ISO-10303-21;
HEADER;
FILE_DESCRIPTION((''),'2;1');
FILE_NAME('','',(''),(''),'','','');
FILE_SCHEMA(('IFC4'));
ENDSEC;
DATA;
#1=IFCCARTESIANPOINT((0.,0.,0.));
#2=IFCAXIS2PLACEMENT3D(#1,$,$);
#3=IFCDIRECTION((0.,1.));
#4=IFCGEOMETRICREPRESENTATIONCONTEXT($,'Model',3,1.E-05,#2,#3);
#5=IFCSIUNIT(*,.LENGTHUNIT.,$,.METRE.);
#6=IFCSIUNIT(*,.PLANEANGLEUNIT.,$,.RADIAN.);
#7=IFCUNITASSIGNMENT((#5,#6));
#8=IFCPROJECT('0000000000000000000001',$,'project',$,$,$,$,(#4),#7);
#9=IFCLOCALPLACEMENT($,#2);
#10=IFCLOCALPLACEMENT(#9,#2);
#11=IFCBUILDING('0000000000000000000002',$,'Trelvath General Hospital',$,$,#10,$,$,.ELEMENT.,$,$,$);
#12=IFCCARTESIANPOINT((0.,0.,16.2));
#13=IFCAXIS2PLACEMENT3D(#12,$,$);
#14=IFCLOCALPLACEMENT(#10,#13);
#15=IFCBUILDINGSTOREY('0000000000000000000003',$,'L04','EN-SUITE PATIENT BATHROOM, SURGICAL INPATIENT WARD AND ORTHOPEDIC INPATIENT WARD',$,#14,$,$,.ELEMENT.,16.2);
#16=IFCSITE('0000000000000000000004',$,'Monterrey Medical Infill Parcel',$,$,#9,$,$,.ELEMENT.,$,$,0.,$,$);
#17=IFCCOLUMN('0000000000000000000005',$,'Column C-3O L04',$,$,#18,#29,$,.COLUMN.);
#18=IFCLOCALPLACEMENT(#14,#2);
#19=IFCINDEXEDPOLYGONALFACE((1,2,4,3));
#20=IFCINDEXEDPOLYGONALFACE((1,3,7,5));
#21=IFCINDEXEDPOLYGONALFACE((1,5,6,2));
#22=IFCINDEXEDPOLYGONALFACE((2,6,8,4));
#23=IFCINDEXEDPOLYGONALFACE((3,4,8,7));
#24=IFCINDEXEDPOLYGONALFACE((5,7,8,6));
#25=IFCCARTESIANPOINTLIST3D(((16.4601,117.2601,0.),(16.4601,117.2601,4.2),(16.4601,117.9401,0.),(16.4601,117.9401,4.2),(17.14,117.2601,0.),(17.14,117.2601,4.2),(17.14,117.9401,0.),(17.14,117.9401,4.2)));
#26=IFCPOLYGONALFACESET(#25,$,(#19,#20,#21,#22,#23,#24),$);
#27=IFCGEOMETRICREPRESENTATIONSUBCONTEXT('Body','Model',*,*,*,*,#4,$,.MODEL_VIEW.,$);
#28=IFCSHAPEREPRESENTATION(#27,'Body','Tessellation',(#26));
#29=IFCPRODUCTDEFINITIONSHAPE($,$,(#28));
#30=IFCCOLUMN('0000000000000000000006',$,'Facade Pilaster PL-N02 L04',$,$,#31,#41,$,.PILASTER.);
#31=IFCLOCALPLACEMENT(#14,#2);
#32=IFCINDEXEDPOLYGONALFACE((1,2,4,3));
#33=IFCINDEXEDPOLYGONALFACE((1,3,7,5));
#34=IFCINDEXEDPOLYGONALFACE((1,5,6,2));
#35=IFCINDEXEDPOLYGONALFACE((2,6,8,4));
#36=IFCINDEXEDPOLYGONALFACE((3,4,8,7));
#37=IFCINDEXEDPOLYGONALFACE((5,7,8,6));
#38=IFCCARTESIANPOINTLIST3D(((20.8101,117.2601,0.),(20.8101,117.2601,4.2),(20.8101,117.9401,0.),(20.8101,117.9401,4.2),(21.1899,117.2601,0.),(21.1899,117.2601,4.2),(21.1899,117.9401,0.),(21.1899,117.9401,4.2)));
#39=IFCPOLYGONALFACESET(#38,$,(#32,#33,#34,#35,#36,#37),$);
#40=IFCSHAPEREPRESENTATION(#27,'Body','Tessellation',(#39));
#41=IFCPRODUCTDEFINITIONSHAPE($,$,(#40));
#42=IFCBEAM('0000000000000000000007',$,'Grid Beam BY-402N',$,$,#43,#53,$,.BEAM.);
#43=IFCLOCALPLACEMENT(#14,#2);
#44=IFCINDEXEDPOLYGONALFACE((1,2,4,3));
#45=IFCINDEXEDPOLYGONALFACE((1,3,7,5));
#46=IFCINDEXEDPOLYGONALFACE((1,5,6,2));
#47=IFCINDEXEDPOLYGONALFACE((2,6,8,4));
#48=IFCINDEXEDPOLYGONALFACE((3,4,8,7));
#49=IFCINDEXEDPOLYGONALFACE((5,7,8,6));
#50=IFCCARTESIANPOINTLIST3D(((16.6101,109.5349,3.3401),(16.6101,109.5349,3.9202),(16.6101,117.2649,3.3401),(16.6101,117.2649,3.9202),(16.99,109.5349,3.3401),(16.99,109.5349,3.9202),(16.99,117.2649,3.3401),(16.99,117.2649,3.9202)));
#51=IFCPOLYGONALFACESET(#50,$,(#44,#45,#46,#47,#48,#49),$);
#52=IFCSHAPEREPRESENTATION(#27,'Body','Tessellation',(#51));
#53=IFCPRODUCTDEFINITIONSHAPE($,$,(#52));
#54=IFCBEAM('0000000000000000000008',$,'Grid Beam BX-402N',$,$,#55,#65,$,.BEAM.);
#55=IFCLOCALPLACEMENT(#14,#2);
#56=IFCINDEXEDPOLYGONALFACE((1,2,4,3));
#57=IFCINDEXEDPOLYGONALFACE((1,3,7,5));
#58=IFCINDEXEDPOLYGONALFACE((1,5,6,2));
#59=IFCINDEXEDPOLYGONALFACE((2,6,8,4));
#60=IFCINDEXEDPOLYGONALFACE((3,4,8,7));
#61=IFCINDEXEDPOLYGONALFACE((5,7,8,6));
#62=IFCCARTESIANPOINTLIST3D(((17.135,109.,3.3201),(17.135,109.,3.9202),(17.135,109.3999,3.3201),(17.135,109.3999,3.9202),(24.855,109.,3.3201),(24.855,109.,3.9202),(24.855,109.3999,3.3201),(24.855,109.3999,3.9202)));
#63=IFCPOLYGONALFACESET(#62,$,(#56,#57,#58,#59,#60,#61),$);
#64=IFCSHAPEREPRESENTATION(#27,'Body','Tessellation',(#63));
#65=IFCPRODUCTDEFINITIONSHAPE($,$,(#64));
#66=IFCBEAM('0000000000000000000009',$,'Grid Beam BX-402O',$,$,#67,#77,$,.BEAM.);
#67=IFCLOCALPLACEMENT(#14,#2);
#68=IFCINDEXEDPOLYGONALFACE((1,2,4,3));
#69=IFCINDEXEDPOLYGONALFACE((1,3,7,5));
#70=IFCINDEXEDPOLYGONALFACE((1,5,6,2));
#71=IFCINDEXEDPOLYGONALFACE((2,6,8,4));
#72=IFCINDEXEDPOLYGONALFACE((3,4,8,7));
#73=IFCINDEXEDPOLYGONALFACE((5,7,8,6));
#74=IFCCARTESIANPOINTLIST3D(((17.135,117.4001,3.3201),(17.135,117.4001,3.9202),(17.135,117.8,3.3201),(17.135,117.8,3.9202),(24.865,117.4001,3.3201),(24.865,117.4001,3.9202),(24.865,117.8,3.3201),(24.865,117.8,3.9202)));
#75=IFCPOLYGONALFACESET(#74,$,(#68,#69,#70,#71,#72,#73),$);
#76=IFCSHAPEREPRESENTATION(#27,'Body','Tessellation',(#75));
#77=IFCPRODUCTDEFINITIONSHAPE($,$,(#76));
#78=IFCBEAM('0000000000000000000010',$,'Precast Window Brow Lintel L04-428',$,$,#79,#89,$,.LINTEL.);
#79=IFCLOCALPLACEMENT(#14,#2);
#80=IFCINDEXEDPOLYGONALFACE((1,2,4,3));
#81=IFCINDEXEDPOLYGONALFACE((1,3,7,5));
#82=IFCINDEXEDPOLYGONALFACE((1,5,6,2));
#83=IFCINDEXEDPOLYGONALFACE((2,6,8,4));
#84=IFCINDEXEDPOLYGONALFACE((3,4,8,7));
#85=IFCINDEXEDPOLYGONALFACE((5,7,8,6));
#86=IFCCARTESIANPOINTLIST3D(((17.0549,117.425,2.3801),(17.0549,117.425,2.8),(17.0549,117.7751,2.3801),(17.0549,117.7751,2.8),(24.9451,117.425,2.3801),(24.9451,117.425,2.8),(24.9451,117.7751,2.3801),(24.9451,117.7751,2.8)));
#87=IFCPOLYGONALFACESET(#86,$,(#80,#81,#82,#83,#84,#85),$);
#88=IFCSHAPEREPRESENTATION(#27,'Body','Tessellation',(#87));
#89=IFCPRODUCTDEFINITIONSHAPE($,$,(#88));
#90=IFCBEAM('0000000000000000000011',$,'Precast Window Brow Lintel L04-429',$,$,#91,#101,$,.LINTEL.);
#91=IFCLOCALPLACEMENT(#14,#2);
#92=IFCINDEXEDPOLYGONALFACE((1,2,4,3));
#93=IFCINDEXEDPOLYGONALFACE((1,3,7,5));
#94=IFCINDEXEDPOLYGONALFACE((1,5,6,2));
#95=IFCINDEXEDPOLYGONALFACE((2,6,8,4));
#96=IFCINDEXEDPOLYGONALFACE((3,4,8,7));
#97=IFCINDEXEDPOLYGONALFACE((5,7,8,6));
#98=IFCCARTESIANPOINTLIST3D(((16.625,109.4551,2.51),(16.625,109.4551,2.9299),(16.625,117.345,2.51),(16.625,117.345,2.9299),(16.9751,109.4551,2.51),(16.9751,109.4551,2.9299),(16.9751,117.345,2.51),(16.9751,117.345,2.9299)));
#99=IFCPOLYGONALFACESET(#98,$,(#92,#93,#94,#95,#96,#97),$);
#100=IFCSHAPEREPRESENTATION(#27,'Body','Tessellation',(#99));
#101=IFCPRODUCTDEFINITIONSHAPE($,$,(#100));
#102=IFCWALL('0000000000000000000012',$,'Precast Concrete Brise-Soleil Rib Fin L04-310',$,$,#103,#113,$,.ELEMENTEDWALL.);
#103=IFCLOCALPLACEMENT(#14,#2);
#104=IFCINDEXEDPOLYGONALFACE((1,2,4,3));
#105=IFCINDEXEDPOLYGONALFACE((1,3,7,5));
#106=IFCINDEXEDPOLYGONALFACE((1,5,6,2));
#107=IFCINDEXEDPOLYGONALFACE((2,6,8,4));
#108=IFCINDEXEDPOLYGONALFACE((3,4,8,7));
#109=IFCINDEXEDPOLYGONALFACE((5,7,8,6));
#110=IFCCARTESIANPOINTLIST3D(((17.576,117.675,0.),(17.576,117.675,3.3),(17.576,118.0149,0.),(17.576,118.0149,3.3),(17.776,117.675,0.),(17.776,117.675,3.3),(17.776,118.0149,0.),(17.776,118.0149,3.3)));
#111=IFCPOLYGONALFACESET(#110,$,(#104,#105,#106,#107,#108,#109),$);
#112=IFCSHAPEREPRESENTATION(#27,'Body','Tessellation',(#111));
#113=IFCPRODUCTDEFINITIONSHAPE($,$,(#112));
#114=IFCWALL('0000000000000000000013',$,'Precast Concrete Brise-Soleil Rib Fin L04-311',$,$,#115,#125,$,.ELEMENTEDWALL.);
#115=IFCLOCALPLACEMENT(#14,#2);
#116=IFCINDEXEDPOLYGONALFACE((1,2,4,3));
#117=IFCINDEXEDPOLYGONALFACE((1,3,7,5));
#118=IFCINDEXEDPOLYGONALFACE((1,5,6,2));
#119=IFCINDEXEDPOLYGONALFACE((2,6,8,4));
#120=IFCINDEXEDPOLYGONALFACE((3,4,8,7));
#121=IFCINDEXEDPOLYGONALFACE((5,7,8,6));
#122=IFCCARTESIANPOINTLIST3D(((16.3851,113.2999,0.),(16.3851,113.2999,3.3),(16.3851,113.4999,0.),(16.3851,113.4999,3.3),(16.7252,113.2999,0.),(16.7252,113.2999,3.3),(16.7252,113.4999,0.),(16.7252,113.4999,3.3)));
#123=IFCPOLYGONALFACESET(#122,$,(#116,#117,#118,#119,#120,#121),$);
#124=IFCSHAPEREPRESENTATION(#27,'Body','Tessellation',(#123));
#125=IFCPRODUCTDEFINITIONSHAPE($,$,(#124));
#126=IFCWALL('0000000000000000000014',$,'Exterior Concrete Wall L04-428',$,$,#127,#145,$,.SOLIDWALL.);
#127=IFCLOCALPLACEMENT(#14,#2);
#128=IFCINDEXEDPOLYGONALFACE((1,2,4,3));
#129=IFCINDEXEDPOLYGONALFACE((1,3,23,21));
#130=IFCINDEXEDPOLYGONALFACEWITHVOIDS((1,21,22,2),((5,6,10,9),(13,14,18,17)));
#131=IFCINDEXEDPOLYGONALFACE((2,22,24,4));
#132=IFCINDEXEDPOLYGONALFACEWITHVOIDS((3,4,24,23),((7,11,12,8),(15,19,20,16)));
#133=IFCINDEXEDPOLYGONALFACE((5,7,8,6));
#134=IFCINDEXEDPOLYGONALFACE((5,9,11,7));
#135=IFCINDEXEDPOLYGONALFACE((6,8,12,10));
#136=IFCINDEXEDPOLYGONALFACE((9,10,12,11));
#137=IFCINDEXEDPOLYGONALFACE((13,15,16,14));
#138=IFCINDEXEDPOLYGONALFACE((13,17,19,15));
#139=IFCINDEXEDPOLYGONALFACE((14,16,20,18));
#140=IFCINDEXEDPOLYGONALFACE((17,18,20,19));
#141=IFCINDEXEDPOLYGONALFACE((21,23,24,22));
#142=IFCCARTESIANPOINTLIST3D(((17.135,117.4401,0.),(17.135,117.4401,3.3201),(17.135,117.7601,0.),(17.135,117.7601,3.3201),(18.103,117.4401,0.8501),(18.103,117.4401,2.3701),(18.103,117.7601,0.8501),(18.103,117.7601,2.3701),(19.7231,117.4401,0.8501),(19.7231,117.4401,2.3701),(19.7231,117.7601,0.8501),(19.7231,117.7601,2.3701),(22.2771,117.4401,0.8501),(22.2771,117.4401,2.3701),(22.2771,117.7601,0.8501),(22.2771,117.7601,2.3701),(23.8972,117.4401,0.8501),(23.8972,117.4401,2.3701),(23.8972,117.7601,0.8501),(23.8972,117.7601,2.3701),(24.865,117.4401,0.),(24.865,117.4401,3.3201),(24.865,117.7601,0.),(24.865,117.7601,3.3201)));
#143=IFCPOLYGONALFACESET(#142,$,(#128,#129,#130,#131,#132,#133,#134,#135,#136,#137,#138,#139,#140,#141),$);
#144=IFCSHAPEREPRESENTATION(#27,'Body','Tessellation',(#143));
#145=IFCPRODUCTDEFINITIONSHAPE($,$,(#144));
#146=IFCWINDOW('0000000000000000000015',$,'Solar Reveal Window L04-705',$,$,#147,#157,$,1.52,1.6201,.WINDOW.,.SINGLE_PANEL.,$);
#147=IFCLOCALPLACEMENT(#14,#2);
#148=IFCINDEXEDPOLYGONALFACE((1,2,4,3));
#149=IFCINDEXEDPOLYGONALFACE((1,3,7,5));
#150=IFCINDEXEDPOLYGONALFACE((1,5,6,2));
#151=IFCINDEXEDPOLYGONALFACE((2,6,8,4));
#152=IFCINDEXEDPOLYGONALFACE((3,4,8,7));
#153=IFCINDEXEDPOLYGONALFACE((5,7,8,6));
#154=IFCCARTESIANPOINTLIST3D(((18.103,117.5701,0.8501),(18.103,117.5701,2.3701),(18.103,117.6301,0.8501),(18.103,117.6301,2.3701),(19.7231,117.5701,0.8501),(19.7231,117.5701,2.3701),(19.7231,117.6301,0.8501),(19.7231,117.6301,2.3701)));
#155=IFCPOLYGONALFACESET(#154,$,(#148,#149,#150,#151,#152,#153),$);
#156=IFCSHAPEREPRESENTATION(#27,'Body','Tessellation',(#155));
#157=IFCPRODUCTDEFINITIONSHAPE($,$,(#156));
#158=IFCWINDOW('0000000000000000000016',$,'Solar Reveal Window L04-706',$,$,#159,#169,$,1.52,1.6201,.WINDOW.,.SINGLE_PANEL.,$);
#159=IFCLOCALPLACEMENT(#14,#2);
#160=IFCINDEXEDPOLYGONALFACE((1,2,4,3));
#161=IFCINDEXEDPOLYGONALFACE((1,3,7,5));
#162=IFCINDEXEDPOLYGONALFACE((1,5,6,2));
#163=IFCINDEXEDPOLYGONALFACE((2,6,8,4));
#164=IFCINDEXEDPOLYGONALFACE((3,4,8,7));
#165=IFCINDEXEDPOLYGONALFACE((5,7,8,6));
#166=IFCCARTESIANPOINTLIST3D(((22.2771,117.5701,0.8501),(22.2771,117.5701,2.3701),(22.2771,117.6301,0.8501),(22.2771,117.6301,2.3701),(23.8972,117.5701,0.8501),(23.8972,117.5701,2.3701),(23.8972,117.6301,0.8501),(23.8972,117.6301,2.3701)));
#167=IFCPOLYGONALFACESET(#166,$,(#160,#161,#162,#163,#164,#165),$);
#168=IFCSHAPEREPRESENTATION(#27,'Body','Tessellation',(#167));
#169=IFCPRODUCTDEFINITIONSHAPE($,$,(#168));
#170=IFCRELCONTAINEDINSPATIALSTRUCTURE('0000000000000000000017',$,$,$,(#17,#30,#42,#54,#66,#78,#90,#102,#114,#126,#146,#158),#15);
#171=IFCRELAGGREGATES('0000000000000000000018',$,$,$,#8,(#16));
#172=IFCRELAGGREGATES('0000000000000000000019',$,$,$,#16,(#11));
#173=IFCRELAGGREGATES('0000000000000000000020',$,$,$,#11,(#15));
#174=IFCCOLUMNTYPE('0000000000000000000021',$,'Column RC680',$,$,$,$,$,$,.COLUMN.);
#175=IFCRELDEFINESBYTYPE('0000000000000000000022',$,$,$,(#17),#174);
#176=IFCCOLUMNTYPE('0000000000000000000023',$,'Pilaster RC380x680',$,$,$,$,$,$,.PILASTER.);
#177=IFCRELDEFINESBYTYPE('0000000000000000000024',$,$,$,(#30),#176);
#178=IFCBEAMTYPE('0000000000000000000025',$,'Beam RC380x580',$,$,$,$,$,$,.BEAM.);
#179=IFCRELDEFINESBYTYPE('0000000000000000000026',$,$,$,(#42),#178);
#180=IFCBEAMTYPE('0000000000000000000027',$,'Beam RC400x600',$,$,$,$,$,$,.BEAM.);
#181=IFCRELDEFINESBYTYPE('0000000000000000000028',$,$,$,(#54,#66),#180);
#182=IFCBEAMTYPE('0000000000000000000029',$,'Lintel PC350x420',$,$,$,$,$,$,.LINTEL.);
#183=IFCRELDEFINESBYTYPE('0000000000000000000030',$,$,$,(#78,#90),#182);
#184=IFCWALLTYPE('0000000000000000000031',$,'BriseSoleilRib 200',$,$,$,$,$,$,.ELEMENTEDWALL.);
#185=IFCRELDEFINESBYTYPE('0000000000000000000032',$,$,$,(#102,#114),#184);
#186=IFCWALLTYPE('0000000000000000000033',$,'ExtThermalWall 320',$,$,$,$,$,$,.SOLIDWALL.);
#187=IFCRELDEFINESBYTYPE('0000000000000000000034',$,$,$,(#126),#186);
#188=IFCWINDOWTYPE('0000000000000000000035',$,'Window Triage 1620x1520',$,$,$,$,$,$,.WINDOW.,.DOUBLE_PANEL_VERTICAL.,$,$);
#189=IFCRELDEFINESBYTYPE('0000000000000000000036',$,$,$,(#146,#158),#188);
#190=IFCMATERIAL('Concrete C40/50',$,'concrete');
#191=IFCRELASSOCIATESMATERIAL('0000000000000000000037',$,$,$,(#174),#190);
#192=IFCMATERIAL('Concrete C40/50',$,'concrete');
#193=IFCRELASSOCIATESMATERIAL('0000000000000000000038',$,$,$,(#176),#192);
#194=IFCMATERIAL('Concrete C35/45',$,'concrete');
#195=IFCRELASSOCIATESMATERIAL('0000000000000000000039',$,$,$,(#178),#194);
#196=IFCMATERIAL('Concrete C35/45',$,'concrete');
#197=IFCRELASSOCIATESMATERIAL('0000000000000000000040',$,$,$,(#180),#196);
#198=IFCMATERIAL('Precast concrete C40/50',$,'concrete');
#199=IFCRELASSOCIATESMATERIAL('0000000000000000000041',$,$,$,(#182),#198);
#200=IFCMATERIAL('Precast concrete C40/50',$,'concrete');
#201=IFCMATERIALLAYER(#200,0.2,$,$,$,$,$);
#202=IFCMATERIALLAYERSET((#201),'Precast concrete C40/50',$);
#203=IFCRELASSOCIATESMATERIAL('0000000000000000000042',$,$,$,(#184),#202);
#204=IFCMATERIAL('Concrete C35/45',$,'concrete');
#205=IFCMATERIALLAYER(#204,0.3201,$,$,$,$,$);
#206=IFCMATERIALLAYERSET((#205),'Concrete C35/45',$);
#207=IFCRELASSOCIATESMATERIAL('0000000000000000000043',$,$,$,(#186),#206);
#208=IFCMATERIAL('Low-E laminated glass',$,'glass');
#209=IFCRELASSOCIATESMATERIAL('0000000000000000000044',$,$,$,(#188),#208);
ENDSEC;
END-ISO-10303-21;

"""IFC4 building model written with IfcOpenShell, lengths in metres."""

from ifc_helpers import new_model, si_unit, direction, frame, frame_2d, origin, origin_2d, place, context, subcontext, project, spatial, rectangle, extrude, material, layer, layer_set, material_profile, profile_set, type_object, element, fill, save


model = new_model("IFC4")

# Units and contexts
model_context = context("Model", 3, precision=1e-05, world=origin(), true_north=direction((0.0, 1.0)))
body_context = subcontext(model_context, "Body", "Model", "MODEL_VIEW")
ifc_project = project(units=[si_unit("LENGTHUNIT", "METRE"), si_unit("PLANEANGLEUNIT", "RADIAN")], contexts=[model_context])

# Site, building, storey
site_placement = place(None, origin())
site = spatial("IfcSite", under=ifc_project, at=site_placement, Name="Monterrey Medical Infill Parcel", CompositionType="ELEMENT", RefElevation=0.0)
building_placement = place(site_placement, origin())
building = spatial("IfcBuilding", under=site, at=building_placement, Name="Trelvath General Hospital", CompositionType="ELEMENT")
storey_placement = place(building_placement, frame((0.0, 0.0, 16.2)))
storey = spatial("IfcBuildingStorey", under=building, at=storey_placement, Name="L04", Description="EN-SUITE PATIENT BATHROOM, SURGICAL INPATIENT WARD AND ORTHOPEDIC INPATIENT WARD", CompositionType="ELEMENT", Elevation=16.2)

# Columns
ifc_material_1 = material(Name="Concrete C40/50", Category="concrete")
ifc_material_profile_1 = material_profile(ifc_material_1, rectangle(XDim=0.6799, YDim=0.6799, at=origin_2d()), Name="RC680x680")
ifc_profile_set_1 = profile_set([ifc_material_profile_1], Name="Concrete C40/50")
column_type_1 = type_object("IfcColumnType", Name="Column RC680", PredefinedType="COLUMN", material=ifc_profile_set_1)
column_1_placement = place(storey_placement, frame((16.8, 117.6001, 0.0), z_axis=(0.0, 0.0, 1.0), x_axis=(1.0, 0.0, 0.0)))
element("IfcColumn", 1, at=column_1_placement, inside=storey, type_object=column_type_1, Name="Column C-3O L04", PredefinedType="COLUMN", context=body_context, shape_type="SweptSolid", body=[
    extrude(rectangle(XDim=0.6799, YDim=0.6799, at=origin_2d()), origin(), (0.0, 0.0, 1.0), 4.2),
])
ifc_material_2 = material(Name="Concrete C40/50", Category="concrete")
ifc_material_profile_2 = material_profile(ifc_material_2, rectangle(XDim=0.3799, YDim=0.6799, at=origin_2d()), Name="RC380x680")
ifc_profile_set_2 = profile_set([ifc_material_profile_2], Name="Concrete C40/50")
column_type_2 = type_object("IfcColumnType", Name="Pilaster RC380x680", PredefinedType="PILASTER", material=ifc_profile_set_2)
column_2_placement = place(storey_placement, frame((21.0, 117.6001, 0.0), z_axis=(0.0, 0.0, 1.0), x_axis=(1.0, 0.0, 0.0)))
element("IfcColumn", 2, at=column_2_placement, inside=storey, type_object=column_type_2, Name="Facade Pilaster PL-N02 L04", PredefinedType="PILASTER", context=body_context, shape_type="SweptSolid", body=[
    extrude(rectangle(XDim=0.3799, YDim=0.6799, at=origin_2d()), origin(), (0.0, 0.0, 1.0), 4.2),
])

# Beams
ifc_material_3 = material(Name="Concrete C35/45", Category="concrete")
ifc_material_profile_3 = material_profile(ifc_material_3, rectangle(XDim=0.3799, YDim=0.5801, at=origin_2d()), Name="RCB380x580")
ifc_profile_set_3 = profile_set([ifc_material_profile_3], Name="Concrete C35/45")
beam_type_1 = type_object("IfcBeamType", Name="Beam RC380x580", PredefinedType="BEAM", material=ifc_profile_set_3)
beam_1_placement = place(storey_placement, frame((16.8, 109.5349, 3.6301), z_axis=(0.0, 1.0, 0.0), x_axis=(-1.0, 0.0, 0.0)))
element("IfcBeam", 3, at=beam_1_placement, inside=storey, type_object=beam_type_1, Name="Grid Beam BY-402N", PredefinedType="BEAM", context=body_context, shape_type="SweptSolid", body=[
    extrude(rectangle(XDim=0.3799, YDim=0.5801, at=origin_2d()), origin(), (0.0, 0.0, 1.0), 7.73),
])
ifc_material_4 = material(Name="Concrete C35/45", Category="concrete")
ifc_material_profile_4 = material_profile(ifc_material_4, rectangle(XDim=0.3999, YDim=0.6001, at=origin_2d()), Name="RCB400x600")
ifc_profile_set_4 = profile_set([ifc_material_profile_4], Name="Concrete C35/45")
beam_type_2 = type_object("IfcBeamType", Name="Beam RC400x600", PredefinedType="BEAM", material=ifc_profile_set_4)
beam_2_placement = place(storey_placement, frame((17.135, 109.2, 3.6201), z_axis=(1.0, 0.0, 0.0), x_axis=(0.0, 1.0, 0.0)))
element("IfcBeam", 4, at=beam_2_placement, inside=storey, type_object=beam_type_2, Name="Grid Beam BX-402N", PredefinedType="BEAM", context=body_context, shape_type="SweptSolid", body=[
    extrude(rectangle(XDim=0.3999, YDim=0.6001, at=origin_2d()), origin(), (0.0, 0.0, 1.0), 7.72),
])
beam_3_placement = place(storey_placement, frame((17.135, 117.6001, 3.6201), z_axis=(1.0, 0.0, 0.0), x_axis=(0.0, 1.0, 0.0)))
element("IfcBeam", 5, at=beam_3_placement, inside=storey, type_object=beam_type_2, Name="Grid Beam BX-402O", PredefinedType="BEAM", context=body_context, shape_type="SweptSolid", body=[
    extrude(rectangle(XDim=0.3999, YDim=0.6001, at=origin_2d()), origin(), (0.0, 0.0, 1.0), 7.73),
])
ifc_material_5 = material(Name="Precast concrete C40/50", Category="concrete")
ifc_material_profile_5 = material_profile(ifc_material_5, rectangle(XDim=0.3501, YDim=0.4199, at=origin_2d()), Name="PCL350x420")
ifc_profile_set_5 = profile_set([ifc_material_profile_5], Name="Precast concrete C40/50")
beam_type_3 = type_object("IfcBeamType", Name="Lintel PC350x420", PredefinedType="LINTEL", material=ifc_profile_set_5)
beam_4_placement = place(storey_placement, frame((17.0549, 117.6001, 2.5901), z_axis=(1.0, 0.0, 0.0), x_axis=(0.0, 1.0, 0.0)))
element("IfcBeam", 6, at=beam_4_placement, inside=storey, type_object=beam_type_3, Name="Precast Window Brow Lintel L04-428", PredefinedType="LINTEL", context=body_context, shape_type="SweptSolid", body=[
    extrude(rectangle(XDim=0.3501, YDim=0.4199, at=origin_2d()), origin(), (0.0, 0.0, 1.0), 7.8901),
])
beam_5_placement = place(storey_placement, frame((16.8, 109.4551, 2.72), z_axis=(0.0, 1.0, 0.0), x_axis=(-1.0, 0.0, 0.0)))
element("IfcBeam", 7, at=beam_5_placement, inside=storey, type_object=beam_type_3, Name="Precast Window Brow Lintel L04-429", PredefinedType="LINTEL", context=body_context, shape_type="SweptSolid", body=[
    extrude(rectangle(XDim=0.3501, YDim=0.4199, at=origin_2d()), origin(), (0.0, 0.0, 1.0), 7.8899),
])

# Walls
ifc_material_6 = material(Name="Precast concrete C40/50", Category="concrete")
ifc_layer_1 = layer(ifc_material_6, 0.2)
ifc_layer_set_1 = layer_set([ifc_layer_1], Name="Precast concrete C40/50")
wall_type_1 = type_object("IfcWallType", Name="BriseSoleilRib 200", PredefinedType="ELEMENTEDWALL", material=ifc_layer_set_1)
wall_1_placement = place(storey_placement, frame((17.676, 117.675, 0.0), z_axis=(0.0, 0.0, 1.0), x_axis=(0.0, 1.0, 0.0)))
element("IfcWall", 8, at=wall_1_placement, inside=storey, type_object=wall_type_1, Name="Precast Concrete Brise-Soleil Rib Fin L04-310", PredefinedType="ELEMENTEDWALL", context=body_context, shape_type="SweptSolid", body=[
    extrude(rectangle(XDim=0.3398, YDim=0.2, at=frame_2d((0.1699, 0.0))), origin(), (0.0, 0.0, 1.0), 3.3),
])
wall_2_placement = place(storey_placement, frame((16.7251, 113.3999, 0.0), z_axis=(0.0, 0.0, 1.0), x_axis=(-1.0, 0.0, 0.0)))
element("IfcWall", 9, at=wall_2_placement, inside=storey, type_object=wall_type_1, Name="Precast Concrete Brise-Soleil Rib Fin L04-311", PredefinedType="ELEMENTEDWALL", context=body_context, shape_type="SweptSolid", body=[
    extrude(rectangle(XDim=0.3401, YDim=0.2, at=frame_2d((0.1699, 0.0))), origin(), (0.0, 0.0, 1.0), 3.3),
])

# Wall, openings, windows
ifc_material_7 = material(Name="Concrete C35/45", Category="concrete")
ifc_layer_2 = layer(ifc_material_7, 0.3201)
ifc_layer_set_2 = layer_set([ifc_layer_2], Name="Concrete C35/45")
wall_type_2 = type_object("IfcWallType", Name="ExtThermalWall 320", PredefinedType="SOLIDWALL", material=ifc_layer_set_2)
wall_3_placement = place(storey_placement, frame((17.135, 117.6001, 0.0), z_axis=(0.0, 0.0, 1.0), x_axis=(1.0, 0.0, 0.0)))
wall_3 = element("IfcWall", 10, at=wall_3_placement, inside=storey, type_object=wall_type_2, Name="Exterior Concrete Wall L04-428", PredefinedType="SOLIDWALL", context=body_context, shape_type="SweptSolid", body=[
    extrude(rectangle(XDim=7.73, YDim=0.3201, at=frame_2d((3.865, 0.0))), origin(), (0.0, 0.0, 1.0), 3.3201),
])
opening_1_placement = place(wall_3_placement, frame((0.968, 0.0, 0.8501)))
opening_1 = element("IfcOpeningElement", 11, at=opening_1_placement, cuts=wall_3, PredefinedType="OPENING", context=body_context, shape_type="SweptSolid", body=[
    extrude(rectangle(XDim=1.6201, YDim=1.52, at=frame_2d((0.8101, 0.76))), frame((0.0, 0.1699, 0.0), z_axis=(0.0, -1.0, 0.0), x_axis=(1.0, 0.0, 0.0)), (0.0, 0.0, 1.0), 0.3401),
])
opening_2_placement = place(wall_3_placement, frame((5.1421, 0.0, 0.8501)))
opening_2 = element("IfcOpeningElement", 12, at=opening_2_placement, cuts=wall_3, PredefinedType="OPENING", context=body_context, shape_type="SweptSolid", body=[
    extrude(rectangle(XDim=1.6201, YDim=1.52, at=frame_2d((0.8101, 0.76))), frame((0.0, 0.1699, 0.0), z_axis=(0.0, -1.0, 0.0), x_axis=(1.0, 0.0, 0.0)), (0.0, 0.0, 1.0), 0.3401),
])
ifc_material_8 = material(Name="Low-E laminated glass", Category="glass")
window_type_1 = type_object("IfcWindowType", Name="Window Triage 1620x1520", PartitioningType="DOUBLE_PANEL_VERTICAL", PredefinedType="WINDOW", material=ifc_material_8)
window_1_placement = place(opening_1_placement, origin())
window_1 = element("IfcWindow", 13, at=window_1_placement, inside=storey, type_object=window_type_1, Name="Solar Reveal Window L04-705", OverallHeight=1.52, OverallWidth=1.6201, PartitioningType="SINGLE_PANEL", PredefinedType="WINDOW", context=body_context, shape_type="SweptSolid", body=[
    extrude(rectangle(XDim=1.6201, YDim=1.52, at=frame_2d((0.8101, 0.76))), frame((0.0, 0.03, 0.0), z_axis=(0.0, -1.0, 0.0), x_axis=(1.0, 0.0, 0.0)), (0.0, 0.0, 1.0), 0.0601),
])
fill(opening_1, window_1)
window_2_placement = place(opening_2_placement, origin())
window_2 = element("IfcWindow", 14, at=window_2_placement, inside=storey, type_object=window_type_1, Name="Solar Reveal Window L04-706", OverallHeight=1.52, OverallWidth=1.6201, PartitioningType="SINGLE_PANEL", PredefinedType="WINDOW", context=body_context, shape_type="SweptSolid", body=[
    extrude(rectangle(XDim=1.6201, YDim=1.52, at=frame_2d((0.8101, 0.76))), frame((0.0, 0.03, 0.0), z_axis=(0.0, -1.0, 0.0), x_axis=(1.0, 0.0, 0.0)), (0.0, 0.0, 1.0), 0.0601),
])
fill(opening_2, window_2)

save(model, "model.ifc")
